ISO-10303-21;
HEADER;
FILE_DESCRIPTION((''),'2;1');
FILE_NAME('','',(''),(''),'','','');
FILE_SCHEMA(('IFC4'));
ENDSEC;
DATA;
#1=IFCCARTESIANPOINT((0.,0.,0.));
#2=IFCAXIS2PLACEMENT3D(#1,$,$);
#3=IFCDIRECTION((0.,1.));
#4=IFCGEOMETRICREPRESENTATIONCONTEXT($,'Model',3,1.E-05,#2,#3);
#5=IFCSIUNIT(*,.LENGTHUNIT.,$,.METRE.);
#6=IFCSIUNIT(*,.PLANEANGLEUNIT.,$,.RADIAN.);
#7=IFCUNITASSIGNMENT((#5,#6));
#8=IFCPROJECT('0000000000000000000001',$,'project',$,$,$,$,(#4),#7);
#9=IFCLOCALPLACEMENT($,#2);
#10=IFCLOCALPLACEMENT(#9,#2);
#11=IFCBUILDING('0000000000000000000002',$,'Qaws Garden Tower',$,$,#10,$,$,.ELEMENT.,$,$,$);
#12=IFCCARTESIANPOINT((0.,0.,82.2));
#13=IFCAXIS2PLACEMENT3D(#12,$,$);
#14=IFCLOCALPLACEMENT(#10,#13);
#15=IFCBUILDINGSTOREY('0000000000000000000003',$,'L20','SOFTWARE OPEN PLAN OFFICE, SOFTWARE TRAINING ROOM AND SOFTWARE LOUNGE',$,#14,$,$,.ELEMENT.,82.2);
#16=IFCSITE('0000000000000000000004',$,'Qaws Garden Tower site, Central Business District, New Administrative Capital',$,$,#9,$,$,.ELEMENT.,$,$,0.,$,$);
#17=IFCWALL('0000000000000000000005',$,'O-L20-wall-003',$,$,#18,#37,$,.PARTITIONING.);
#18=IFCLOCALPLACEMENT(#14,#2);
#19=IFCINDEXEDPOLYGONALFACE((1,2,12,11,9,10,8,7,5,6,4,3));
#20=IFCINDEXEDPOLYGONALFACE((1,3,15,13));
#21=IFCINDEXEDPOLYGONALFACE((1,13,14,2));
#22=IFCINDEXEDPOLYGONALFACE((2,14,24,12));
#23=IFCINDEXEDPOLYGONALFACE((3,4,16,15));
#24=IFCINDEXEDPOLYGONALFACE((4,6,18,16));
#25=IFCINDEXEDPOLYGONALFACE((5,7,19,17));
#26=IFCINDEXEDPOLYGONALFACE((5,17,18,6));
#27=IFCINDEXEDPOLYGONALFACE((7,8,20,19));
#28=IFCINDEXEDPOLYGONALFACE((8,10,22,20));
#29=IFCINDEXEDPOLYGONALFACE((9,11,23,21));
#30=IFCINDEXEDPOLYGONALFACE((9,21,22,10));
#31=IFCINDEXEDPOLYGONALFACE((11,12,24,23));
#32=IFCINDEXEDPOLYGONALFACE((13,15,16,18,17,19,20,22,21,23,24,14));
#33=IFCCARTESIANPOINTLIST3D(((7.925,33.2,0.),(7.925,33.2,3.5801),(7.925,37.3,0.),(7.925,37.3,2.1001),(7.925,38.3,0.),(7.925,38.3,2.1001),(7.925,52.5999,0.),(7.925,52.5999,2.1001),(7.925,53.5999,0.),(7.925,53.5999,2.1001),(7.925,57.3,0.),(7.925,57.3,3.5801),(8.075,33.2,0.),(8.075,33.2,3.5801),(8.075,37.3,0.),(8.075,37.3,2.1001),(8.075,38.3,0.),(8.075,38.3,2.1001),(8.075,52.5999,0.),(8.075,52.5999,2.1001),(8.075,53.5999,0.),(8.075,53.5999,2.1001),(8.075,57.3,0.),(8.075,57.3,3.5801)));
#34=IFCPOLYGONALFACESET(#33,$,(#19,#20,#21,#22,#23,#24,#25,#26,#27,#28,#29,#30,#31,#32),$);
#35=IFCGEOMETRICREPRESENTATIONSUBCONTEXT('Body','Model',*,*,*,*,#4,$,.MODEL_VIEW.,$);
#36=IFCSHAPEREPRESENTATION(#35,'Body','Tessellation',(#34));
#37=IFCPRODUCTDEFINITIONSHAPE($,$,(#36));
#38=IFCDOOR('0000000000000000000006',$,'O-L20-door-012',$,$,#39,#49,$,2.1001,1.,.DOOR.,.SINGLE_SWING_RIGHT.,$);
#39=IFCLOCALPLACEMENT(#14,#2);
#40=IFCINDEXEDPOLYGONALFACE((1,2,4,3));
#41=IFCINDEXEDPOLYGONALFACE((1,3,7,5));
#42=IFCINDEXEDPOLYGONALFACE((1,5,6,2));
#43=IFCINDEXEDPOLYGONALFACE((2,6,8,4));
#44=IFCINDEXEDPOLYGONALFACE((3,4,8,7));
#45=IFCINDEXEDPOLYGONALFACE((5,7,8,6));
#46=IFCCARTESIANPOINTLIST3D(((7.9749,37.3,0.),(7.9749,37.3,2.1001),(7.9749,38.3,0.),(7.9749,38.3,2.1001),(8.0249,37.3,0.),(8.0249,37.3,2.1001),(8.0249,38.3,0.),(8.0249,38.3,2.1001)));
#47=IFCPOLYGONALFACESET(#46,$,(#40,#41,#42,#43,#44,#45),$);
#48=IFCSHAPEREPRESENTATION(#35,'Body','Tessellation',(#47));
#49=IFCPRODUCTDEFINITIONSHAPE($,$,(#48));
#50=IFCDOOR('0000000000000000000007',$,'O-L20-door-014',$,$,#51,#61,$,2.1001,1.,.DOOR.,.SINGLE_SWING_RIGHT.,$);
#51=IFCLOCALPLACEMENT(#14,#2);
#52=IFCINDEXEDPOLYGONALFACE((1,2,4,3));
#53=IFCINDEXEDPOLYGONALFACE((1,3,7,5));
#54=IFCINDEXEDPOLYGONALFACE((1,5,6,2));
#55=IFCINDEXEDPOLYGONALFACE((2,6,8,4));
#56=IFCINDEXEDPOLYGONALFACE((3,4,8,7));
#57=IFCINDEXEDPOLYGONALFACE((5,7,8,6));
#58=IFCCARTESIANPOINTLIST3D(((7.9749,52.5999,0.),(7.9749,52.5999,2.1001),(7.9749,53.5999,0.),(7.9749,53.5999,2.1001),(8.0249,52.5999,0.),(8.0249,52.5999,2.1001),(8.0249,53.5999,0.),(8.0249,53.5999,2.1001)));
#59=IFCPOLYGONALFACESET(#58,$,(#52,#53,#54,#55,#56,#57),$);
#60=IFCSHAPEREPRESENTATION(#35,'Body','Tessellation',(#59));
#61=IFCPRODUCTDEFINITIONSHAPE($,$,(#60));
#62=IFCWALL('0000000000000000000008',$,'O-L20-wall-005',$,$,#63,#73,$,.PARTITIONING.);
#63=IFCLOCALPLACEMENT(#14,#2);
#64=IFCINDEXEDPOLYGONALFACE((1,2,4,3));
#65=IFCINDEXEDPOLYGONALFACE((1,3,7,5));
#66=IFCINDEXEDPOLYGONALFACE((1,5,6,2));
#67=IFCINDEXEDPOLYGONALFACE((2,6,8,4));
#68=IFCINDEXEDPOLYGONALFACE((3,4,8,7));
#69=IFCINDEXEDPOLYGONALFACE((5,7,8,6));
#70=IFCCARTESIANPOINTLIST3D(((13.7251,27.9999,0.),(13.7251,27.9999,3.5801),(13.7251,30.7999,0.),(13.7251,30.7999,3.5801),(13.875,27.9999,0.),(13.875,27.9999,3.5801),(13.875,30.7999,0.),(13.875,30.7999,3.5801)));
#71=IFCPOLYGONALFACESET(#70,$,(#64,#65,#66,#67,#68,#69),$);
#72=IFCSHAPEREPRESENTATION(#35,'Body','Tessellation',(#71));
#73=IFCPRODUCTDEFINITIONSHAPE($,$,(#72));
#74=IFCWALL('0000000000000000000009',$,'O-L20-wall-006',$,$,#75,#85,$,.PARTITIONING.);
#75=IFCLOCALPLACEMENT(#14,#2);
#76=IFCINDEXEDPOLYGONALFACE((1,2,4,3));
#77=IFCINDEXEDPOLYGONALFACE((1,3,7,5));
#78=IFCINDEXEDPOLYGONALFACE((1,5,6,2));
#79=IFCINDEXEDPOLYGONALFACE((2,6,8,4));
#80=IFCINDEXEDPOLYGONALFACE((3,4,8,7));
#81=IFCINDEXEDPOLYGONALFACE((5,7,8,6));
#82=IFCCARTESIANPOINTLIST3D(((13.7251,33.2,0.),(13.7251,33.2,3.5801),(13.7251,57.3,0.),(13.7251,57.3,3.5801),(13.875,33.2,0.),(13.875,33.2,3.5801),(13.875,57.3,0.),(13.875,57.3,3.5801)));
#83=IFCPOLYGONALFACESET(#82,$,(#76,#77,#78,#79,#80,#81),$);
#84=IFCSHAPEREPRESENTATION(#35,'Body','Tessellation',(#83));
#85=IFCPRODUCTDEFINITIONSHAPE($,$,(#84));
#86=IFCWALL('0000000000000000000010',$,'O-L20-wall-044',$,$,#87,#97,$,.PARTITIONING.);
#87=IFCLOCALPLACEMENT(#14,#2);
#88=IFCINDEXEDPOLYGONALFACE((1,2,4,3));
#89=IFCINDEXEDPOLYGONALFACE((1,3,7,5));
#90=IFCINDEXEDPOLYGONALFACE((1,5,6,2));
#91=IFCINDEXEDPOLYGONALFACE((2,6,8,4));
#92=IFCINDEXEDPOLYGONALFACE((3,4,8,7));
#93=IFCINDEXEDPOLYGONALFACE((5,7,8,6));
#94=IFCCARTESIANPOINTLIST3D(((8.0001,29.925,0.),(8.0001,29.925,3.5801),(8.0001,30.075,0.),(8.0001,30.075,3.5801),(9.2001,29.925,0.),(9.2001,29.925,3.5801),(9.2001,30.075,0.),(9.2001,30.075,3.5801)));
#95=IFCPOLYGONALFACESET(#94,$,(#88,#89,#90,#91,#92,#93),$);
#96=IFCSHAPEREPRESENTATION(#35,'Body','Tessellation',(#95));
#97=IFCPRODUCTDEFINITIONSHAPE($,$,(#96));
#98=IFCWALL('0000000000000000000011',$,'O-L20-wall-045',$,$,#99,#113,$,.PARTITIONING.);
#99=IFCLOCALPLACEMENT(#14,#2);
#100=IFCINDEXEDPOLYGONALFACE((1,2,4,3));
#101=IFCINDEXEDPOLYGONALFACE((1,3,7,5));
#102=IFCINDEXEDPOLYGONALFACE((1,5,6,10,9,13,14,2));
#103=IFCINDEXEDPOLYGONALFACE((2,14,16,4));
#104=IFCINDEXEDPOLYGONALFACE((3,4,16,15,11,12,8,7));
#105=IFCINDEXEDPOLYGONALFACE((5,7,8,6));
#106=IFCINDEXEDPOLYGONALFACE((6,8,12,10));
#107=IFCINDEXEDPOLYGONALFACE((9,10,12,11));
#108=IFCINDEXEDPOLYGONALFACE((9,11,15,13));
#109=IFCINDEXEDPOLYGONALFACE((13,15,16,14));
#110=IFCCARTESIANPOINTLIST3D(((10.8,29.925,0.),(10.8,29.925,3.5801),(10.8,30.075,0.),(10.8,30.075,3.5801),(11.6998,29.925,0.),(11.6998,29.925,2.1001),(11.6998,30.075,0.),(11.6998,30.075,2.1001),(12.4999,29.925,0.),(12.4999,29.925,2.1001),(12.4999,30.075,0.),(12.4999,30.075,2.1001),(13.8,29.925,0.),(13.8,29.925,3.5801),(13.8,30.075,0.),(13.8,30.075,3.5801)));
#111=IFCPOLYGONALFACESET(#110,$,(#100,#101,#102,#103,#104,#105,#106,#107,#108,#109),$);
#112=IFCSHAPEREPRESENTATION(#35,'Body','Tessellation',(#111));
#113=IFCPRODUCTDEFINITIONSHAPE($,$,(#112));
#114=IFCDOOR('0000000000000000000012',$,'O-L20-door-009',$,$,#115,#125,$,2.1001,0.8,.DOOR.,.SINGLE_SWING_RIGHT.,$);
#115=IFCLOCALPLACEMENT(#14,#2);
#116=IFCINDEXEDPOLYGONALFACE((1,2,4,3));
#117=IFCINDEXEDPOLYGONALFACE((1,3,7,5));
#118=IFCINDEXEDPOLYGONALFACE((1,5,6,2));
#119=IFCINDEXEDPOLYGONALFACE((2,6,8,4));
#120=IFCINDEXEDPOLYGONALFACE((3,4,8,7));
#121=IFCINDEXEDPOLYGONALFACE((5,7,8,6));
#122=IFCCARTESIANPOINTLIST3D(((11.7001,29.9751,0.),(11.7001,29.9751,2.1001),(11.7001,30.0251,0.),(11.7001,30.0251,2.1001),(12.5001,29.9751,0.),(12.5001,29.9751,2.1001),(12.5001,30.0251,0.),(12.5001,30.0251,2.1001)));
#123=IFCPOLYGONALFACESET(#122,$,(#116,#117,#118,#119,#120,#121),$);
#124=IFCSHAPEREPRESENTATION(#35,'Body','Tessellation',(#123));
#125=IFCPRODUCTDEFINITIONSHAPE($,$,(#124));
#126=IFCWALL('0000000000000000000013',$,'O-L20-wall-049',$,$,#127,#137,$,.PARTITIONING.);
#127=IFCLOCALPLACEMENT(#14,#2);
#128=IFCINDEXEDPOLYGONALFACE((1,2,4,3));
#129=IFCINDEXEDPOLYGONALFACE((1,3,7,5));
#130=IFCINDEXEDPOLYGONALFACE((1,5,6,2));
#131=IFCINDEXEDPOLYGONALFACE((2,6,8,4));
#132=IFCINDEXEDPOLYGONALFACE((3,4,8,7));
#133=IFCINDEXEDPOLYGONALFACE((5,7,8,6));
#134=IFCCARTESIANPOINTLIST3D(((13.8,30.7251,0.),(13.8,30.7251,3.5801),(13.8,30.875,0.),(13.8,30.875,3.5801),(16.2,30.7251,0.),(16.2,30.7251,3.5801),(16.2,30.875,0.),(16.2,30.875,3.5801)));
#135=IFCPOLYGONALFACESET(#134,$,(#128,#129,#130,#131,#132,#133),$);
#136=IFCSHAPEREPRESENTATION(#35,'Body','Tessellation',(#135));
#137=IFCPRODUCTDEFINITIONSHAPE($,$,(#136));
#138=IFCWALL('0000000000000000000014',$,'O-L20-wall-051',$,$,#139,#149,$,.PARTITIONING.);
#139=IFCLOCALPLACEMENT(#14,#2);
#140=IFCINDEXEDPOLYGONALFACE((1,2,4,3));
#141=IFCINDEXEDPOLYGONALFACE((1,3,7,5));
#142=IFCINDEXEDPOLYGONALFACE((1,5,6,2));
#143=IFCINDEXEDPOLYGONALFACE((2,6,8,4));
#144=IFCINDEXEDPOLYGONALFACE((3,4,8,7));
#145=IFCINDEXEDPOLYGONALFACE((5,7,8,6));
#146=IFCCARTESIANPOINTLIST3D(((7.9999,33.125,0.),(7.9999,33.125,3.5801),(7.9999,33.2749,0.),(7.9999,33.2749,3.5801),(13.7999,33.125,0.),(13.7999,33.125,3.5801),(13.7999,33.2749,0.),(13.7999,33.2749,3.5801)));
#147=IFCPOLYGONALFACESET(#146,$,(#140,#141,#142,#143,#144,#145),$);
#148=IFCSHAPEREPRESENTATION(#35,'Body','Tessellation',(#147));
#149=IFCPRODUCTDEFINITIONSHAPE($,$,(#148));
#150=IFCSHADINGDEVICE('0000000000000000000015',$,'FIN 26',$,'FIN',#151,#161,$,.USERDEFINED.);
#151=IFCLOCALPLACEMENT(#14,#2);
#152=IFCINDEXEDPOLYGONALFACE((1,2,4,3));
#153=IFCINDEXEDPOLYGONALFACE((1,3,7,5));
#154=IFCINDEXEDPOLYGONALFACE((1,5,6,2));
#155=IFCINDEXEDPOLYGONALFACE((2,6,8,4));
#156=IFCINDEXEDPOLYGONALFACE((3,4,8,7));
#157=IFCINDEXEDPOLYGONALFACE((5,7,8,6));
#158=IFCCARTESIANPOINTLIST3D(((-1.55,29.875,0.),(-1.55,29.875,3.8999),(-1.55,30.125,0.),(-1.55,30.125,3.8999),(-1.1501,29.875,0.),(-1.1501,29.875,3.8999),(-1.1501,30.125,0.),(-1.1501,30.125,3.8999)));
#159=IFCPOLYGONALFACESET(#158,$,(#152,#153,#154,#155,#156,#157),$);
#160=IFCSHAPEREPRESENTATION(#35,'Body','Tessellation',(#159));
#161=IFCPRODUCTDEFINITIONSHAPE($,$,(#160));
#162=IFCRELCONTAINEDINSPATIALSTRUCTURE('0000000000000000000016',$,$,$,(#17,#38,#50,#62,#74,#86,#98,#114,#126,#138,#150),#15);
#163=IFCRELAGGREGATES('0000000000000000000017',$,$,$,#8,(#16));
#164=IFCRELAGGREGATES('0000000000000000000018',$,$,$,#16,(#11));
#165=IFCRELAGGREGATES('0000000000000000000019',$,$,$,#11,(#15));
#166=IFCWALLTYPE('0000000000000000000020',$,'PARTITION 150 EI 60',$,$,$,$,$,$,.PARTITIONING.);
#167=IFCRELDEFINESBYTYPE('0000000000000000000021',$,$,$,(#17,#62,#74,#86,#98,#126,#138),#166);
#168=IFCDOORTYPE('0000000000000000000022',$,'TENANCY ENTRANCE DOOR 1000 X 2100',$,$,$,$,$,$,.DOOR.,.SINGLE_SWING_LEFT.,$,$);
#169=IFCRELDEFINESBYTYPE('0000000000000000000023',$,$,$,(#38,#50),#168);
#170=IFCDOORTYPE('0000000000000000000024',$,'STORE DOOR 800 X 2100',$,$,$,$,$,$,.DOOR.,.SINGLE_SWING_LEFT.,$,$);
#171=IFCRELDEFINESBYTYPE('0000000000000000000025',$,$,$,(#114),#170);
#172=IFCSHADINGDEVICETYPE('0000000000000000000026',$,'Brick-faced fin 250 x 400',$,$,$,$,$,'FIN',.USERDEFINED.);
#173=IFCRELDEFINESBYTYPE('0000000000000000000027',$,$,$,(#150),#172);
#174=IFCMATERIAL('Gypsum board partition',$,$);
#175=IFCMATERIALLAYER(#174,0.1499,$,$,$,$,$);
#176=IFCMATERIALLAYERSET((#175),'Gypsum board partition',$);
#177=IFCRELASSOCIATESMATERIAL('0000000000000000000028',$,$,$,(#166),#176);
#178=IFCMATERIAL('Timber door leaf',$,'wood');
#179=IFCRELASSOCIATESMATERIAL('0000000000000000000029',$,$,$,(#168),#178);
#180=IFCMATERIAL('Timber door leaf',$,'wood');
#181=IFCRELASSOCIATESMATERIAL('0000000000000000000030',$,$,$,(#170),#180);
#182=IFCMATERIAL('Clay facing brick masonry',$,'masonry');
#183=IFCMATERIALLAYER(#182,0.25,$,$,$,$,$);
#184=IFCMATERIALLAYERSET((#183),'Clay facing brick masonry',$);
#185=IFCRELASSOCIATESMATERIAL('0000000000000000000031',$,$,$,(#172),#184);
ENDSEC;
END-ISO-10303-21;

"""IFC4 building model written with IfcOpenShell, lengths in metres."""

from ifc_helpers import new_model, si_unit, direction, frame, frame_2d, origin, origin_2d, place, context, subcontext, project, spatial, rectangle, extrude, material, layer, layer_set, type_object, element, fill, save


model = new_model("IFC4")

# Units and contexts
model_context = context("Model", 3, precision=1e-05, world=origin(), true_north=direction((0.0, 1.0)))
body_context = subcontext(model_context, "Body", "Model", "MODEL_VIEW")
ifc_project = project(units=[si_unit("LENGTHUNIT", "METRE"), si_unit("PLANEANGLEUNIT", "RADIAN")], contexts=[model_context])

# Site, building, storey
site_placement = place(None, origin())
site = spatial("IfcSite", under=ifc_project, at=site_placement, Name="Qaws Garden Tower site, Central Business District, New Administrative Capital", CompositionType="ELEMENT", RefElevation=0.0)
building_placement = place(site_placement, origin())
building = spatial("IfcBuilding", under=site, at=building_placement, Name="Qaws Garden Tower", CompositionType="ELEMENT")
storey_placement = place(building_placement, frame((0.0, 0.0, 82.2)))
storey = spatial("IfcBuildingStorey", under=building, at=storey_placement, Name="L20", Description="SOFTWARE OPEN PLAN OFFICE, SOFTWARE TRAINING ROOM AND SOFTWARE LOUNGE", CompositionType="ELEMENT", Elevation=82.2)

# Shared definitions
ifc_material_1 = material(Name="Gypsum board partition")
ifc_layer_1 = layer(ifc_material_1, 0.1499)
ifc_layer_set_1 = layer_set([ifc_layer_1], Name="Gypsum board partition")
wall_type_1 = type_object("IfcWallType", Name="PARTITION 150 EI 60", PredefinedType="PARTITIONING", material=ifc_layer_set_1)

# Wall, openings, doors
wall_1_placement = place(storey_placement, frame((8.0, 33.2, 0.0), z_axis=(0.0, 0.0, 1.0), x_axis=(0.0, 1.0, 0.0)))
wall_1 = element("IfcWall", 1, at=wall_1_placement, inside=storey, type_object=wall_type_1, Name="O-L20-wall-003", PredefinedType="PARTITIONING", context=body_context, shape_type="SweptSolid", body=[
    extrude(rectangle(XDim=24.1001, YDim=0.1499, at=frame_2d((12.05, 0.0))), origin(), (0.0, 0.0, 1.0), 3.5801),
])
opening_1_placement = place(wall_1_placement, frame((4.1001, 0.0, 0.0)))
opening_1 = element("IfcOpeningElement", 2, at=opening_1_placement, cuts=wall_1, PredefinedType="OPENING", context=body_context, shape_type="SweptSolid", body=[
    extrude(rectangle(XDim=1.0, YDim=2.1001, at=frame_2d((0.5, 1.05))), frame((0.0, 0.085, 0.0), z_axis=(0.0, -1.0, 0.0), x_axis=(1.0, 0.0, 0.0)), (0.0, 0.0, 1.0), 0.1699),
])
opening_2_placement = place(wall_1_placement, frame((19.3999, 0.0, 0.0)))
opening_2 = element("IfcOpeningElement", 3, at=opening_2_placement, cuts=wall_1, PredefinedType="OPENING", context=body_context, shape_type="SweptSolid", body=[
    extrude(rectangle(XDim=1.0, YDim=2.1001, at=frame_2d((0.5, 1.05))), frame((0.0, 0.085, 0.0), z_axis=(0.0, -1.0, 0.0), x_axis=(1.0, 0.0, 0.0)), (0.0, 0.0, 1.0), 0.1699),
])
ifc_material_2 = material(Name="Timber door leaf", Category="wood")
door_type_1 = type_object("IfcDoorType", Name="TENANCY ENTRANCE DOOR 1000 X 2100", OperationType="SINGLE_SWING_LEFT", PredefinedType="DOOR", material=ifc_material_2)
door_1_placement = place(opening_1_placement, frame((1.0, 0.0, 0.0), z_axis=(0.0, 0.0, 1.0), x_axis=(-1.0, 0.0, 0.0)))
door_1 = element("IfcDoor", 4, at=door_1_placement, inside=storey, type_object=door_type_1, Name="O-L20-door-012", OperationType="SINGLE_SWING_RIGHT", OverallHeight=2.1001, OverallWidth=1.0, PredefinedType="DOOR", context=body_context, shape_type="SweptSolid", body=[
    extrude(rectangle(XDim=1.0, YDim=2.1001, at=frame_2d((0.5, 1.05))), frame((0.0, 0.0249, 0.0), z_axis=(0.0, -1.0, 0.0), x_axis=(1.0, 0.0, 0.0)), (0.0, 0.0, 1.0), 0.05),
])
fill(opening_1, door_1)
door_2_placement = place(opening_2_placement, frame((1.0, 0.0, 0.0), z_axis=(0.0, 0.0, 1.0), x_axis=(-1.0, 0.0, 0.0)))
door_2 = element("IfcDoor", 5, at=door_2_placement, inside=storey, type_object=door_type_1, Name="O-L20-door-014", OperationType="SINGLE_SWING_RIGHT", OverallHeight=2.1001, OverallWidth=1.0, PredefinedType="DOOR", context=body_context, shape_type="SweptSolid", body=[
    extrude(rectangle(XDim=1.0, YDim=2.1001, at=frame_2d((0.5, 1.05))), frame((0.0, 0.0249, 0.0), z_axis=(0.0, -1.0, 0.0), x_axis=(1.0, 0.0, 0.0)), (0.0, 0.0, 1.0), 0.05),
])
fill(opening_2, door_2)

# Walls
wall_2_placement = place(storey_placement, frame((13.8, 28.0, 0.0), z_axis=(0.0, 0.0, 1.0), x_axis=(0.0, 1.0, 0.0)))
element("IfcWall", 6, at=wall_2_placement, inside=storey, type_object=wall_type_1, Name="O-L20-wall-005", PredefinedType="PARTITIONING", context=body_context, shape_type="SweptSolid", body=[
    extrude(rectangle(XDim=2.8, YDim=0.1499, at=frame_2d((1.3999, 0.0))), origin(), (0.0, 0.0, 1.0), 3.5801),
])
wall_3_placement = place(storey_placement, frame((13.8, 33.2, 0.0), z_axis=(0.0, 0.0, 1.0), x_axis=(0.0, 1.0, 0.0)))
element("IfcWall", 7, at=wall_3_placement, inside=storey, type_object=wall_type_1, Name="O-L20-wall-006", PredefinedType="PARTITIONING", context=body_context, shape_type="SweptSolid", body=[
    extrude(rectangle(XDim=24.1001, YDim=0.1499, at=frame_2d((12.05, 0.0))), origin(), (0.0, 0.0, 1.0), 3.5801),
])
wall_4_placement = place(storey_placement, frame((8.0, 30.0, 0.0), z_axis=(0.0, 0.0, 1.0), x_axis=(1.0, 0.0, 0.0)))
element("IfcWall", 8, at=wall_4_placement, inside=storey, type_object=wall_type_1, Name="O-L20-wall-044", PredefinedType="PARTITIONING", context=body_context, shape_type="SweptSolid", body=[
    extrude(rectangle(XDim=1.2, YDim=0.1499, at=frame_2d((0.6001, 0.0))), origin(), (0.0, 0.0, 1.0), 3.5801),
])

# Wall, opening, door
wall_5_placement = place(storey_placement, frame((10.8, 30.0, 0.0), z_axis=(0.0, 0.0, 1.0), x_axis=(1.0, 0.0, 0.0)))
wall_5 = element("IfcWall", 9, at=wall_5_placement, inside=storey, type_object=wall_type_1, Name="O-L20-wall-045", PredefinedType="PARTITIONING", context=body_context, shape_type="SweptSolid", body=[
    extrude(rectangle(XDim=3.0, YDim=0.1499, at=frame_2d((1.5, 0.0))), origin(), (0.0, 0.0, 1.0), 3.5801),
])
opening_3_placement = place(wall_5_placement, frame((0.8999, 0.0, 0.0)))
opening_3 = element("IfcOpeningElement", 10, at=opening_3_placement, cuts=wall_5, PredefinedType="OPENING", context=body_context, shape_type="SweptSolid", body=[
    extrude(rectangle(XDim=0.8, YDim=2.1001, at=frame_2d((0.3999, 1.05))), frame((0.0, 0.085, 0.0), z_axis=(0.0, -1.0, 0.0), x_axis=(1.0, 0.0, 0.0)), (0.0, 0.0, 1.0), 0.1699),
])
ifc_material_3 = material(Name="Timber door leaf", Category="wood")
door_type_2 = type_object("IfcDoorType", Name="STORE DOOR 800 X 2100", OperationType="SINGLE_SWING_LEFT", PredefinedType="DOOR", material=ifc_material_3)
door_3_placement = place(opening_3_placement, frame((0.8, 0.0, 0.0), z_axis=(0.0, 0.0, 1.0), x_axis=(-1.0, 0.0, 0.0)))
door_3 = element("IfcDoor", 11, at=door_3_placement, inside=storey, type_object=door_type_2, Name="O-L20-door-009", OperationType="SINGLE_SWING_RIGHT", OverallHeight=2.1001, OverallWidth=0.8, PredefinedType="DOOR", context=body_context, shape_type="SweptSolid", body=[
    extrude(rectangle(XDim=0.8, YDim=2.1001, at=frame_2d((0.3999, 1.05))), frame((0.0, 0.0249, 0.0), z_axis=(0.0, -1.0, 0.0), x_axis=(1.0, 0.0, 0.0)), (0.0, 0.0, 1.0), 0.05),
])
fill(opening_3, door_3)

# Walls
wall_6_placement = place(storey_placement, frame((13.8, 30.8, 0.0), z_axis=(0.0, 0.0, 1.0), x_axis=(1.0, 0.0, 0.0)))
element("IfcWall", 12, at=wall_6_placement, inside=storey, type_object=wall_type_1, Name="O-L20-wall-049", PredefinedType="PARTITIONING", context=body_context, shape_type="SweptSolid", body=[
    extrude(rectangle(XDim=2.3999, YDim=0.1499, at=frame_2d((1.2, 0.0))), origin(), (0.0, 0.0, 1.0), 3.5801),
])
wall_7_placement = place(storey_placement, frame((8.0, 33.2, 0.0), z_axis=(0.0, 0.0, 1.0), x_axis=(1.0, 0.0, 0.0)))
element("IfcWall", 13, at=wall_7_placement, inside=storey, type_object=wall_type_1, Name="O-L20-wall-051", PredefinedType="PARTITIONING", context=body_context, shape_type="SweptSolid", body=[
    extrude(rectangle(XDim=5.8, YDim=0.1499, at=frame_2d((2.8999, 0.0))), origin(), (0.0, 0.0, 1.0), 3.5801),
])

# Shading device
ifc_material_4 = material(Name="Clay facing brick masonry", Category="masonry")
ifc_layer_2 = layer(ifc_material_4, 0.25)
ifc_layer_set_2 = layer_set([ifc_layer_2], Name="Clay facing brick masonry")
shading_device_type = type_object("IfcShadingDeviceType", Name="Brick-faced fin 250 x 400", ElementType="FIN", PredefinedType="USERDEFINED", material=ifc_layer_set_2)
shading_device_placement = place(storey_placement, frame((-1.3501, 30.0, 0.0), z_axis=(0.0, 0.0, 1.0), x_axis=(0.0, -1.0, 0.0)))
element("IfcShadingDevice", 14, at=shading_device_placement, inside=storey, type_object=shading_device_type, Name="FIN 26", ObjectType="FIN", PredefinedType="USERDEFINED", context=body_context, shape_type="SweptSolid", body=[
    extrude(rectangle(XDim=0.25, YDim=0.3999, at=origin_2d()), origin(), (0.0, 0.0, 1.0), 3.8999),
])

save(model, "model.ifc")
